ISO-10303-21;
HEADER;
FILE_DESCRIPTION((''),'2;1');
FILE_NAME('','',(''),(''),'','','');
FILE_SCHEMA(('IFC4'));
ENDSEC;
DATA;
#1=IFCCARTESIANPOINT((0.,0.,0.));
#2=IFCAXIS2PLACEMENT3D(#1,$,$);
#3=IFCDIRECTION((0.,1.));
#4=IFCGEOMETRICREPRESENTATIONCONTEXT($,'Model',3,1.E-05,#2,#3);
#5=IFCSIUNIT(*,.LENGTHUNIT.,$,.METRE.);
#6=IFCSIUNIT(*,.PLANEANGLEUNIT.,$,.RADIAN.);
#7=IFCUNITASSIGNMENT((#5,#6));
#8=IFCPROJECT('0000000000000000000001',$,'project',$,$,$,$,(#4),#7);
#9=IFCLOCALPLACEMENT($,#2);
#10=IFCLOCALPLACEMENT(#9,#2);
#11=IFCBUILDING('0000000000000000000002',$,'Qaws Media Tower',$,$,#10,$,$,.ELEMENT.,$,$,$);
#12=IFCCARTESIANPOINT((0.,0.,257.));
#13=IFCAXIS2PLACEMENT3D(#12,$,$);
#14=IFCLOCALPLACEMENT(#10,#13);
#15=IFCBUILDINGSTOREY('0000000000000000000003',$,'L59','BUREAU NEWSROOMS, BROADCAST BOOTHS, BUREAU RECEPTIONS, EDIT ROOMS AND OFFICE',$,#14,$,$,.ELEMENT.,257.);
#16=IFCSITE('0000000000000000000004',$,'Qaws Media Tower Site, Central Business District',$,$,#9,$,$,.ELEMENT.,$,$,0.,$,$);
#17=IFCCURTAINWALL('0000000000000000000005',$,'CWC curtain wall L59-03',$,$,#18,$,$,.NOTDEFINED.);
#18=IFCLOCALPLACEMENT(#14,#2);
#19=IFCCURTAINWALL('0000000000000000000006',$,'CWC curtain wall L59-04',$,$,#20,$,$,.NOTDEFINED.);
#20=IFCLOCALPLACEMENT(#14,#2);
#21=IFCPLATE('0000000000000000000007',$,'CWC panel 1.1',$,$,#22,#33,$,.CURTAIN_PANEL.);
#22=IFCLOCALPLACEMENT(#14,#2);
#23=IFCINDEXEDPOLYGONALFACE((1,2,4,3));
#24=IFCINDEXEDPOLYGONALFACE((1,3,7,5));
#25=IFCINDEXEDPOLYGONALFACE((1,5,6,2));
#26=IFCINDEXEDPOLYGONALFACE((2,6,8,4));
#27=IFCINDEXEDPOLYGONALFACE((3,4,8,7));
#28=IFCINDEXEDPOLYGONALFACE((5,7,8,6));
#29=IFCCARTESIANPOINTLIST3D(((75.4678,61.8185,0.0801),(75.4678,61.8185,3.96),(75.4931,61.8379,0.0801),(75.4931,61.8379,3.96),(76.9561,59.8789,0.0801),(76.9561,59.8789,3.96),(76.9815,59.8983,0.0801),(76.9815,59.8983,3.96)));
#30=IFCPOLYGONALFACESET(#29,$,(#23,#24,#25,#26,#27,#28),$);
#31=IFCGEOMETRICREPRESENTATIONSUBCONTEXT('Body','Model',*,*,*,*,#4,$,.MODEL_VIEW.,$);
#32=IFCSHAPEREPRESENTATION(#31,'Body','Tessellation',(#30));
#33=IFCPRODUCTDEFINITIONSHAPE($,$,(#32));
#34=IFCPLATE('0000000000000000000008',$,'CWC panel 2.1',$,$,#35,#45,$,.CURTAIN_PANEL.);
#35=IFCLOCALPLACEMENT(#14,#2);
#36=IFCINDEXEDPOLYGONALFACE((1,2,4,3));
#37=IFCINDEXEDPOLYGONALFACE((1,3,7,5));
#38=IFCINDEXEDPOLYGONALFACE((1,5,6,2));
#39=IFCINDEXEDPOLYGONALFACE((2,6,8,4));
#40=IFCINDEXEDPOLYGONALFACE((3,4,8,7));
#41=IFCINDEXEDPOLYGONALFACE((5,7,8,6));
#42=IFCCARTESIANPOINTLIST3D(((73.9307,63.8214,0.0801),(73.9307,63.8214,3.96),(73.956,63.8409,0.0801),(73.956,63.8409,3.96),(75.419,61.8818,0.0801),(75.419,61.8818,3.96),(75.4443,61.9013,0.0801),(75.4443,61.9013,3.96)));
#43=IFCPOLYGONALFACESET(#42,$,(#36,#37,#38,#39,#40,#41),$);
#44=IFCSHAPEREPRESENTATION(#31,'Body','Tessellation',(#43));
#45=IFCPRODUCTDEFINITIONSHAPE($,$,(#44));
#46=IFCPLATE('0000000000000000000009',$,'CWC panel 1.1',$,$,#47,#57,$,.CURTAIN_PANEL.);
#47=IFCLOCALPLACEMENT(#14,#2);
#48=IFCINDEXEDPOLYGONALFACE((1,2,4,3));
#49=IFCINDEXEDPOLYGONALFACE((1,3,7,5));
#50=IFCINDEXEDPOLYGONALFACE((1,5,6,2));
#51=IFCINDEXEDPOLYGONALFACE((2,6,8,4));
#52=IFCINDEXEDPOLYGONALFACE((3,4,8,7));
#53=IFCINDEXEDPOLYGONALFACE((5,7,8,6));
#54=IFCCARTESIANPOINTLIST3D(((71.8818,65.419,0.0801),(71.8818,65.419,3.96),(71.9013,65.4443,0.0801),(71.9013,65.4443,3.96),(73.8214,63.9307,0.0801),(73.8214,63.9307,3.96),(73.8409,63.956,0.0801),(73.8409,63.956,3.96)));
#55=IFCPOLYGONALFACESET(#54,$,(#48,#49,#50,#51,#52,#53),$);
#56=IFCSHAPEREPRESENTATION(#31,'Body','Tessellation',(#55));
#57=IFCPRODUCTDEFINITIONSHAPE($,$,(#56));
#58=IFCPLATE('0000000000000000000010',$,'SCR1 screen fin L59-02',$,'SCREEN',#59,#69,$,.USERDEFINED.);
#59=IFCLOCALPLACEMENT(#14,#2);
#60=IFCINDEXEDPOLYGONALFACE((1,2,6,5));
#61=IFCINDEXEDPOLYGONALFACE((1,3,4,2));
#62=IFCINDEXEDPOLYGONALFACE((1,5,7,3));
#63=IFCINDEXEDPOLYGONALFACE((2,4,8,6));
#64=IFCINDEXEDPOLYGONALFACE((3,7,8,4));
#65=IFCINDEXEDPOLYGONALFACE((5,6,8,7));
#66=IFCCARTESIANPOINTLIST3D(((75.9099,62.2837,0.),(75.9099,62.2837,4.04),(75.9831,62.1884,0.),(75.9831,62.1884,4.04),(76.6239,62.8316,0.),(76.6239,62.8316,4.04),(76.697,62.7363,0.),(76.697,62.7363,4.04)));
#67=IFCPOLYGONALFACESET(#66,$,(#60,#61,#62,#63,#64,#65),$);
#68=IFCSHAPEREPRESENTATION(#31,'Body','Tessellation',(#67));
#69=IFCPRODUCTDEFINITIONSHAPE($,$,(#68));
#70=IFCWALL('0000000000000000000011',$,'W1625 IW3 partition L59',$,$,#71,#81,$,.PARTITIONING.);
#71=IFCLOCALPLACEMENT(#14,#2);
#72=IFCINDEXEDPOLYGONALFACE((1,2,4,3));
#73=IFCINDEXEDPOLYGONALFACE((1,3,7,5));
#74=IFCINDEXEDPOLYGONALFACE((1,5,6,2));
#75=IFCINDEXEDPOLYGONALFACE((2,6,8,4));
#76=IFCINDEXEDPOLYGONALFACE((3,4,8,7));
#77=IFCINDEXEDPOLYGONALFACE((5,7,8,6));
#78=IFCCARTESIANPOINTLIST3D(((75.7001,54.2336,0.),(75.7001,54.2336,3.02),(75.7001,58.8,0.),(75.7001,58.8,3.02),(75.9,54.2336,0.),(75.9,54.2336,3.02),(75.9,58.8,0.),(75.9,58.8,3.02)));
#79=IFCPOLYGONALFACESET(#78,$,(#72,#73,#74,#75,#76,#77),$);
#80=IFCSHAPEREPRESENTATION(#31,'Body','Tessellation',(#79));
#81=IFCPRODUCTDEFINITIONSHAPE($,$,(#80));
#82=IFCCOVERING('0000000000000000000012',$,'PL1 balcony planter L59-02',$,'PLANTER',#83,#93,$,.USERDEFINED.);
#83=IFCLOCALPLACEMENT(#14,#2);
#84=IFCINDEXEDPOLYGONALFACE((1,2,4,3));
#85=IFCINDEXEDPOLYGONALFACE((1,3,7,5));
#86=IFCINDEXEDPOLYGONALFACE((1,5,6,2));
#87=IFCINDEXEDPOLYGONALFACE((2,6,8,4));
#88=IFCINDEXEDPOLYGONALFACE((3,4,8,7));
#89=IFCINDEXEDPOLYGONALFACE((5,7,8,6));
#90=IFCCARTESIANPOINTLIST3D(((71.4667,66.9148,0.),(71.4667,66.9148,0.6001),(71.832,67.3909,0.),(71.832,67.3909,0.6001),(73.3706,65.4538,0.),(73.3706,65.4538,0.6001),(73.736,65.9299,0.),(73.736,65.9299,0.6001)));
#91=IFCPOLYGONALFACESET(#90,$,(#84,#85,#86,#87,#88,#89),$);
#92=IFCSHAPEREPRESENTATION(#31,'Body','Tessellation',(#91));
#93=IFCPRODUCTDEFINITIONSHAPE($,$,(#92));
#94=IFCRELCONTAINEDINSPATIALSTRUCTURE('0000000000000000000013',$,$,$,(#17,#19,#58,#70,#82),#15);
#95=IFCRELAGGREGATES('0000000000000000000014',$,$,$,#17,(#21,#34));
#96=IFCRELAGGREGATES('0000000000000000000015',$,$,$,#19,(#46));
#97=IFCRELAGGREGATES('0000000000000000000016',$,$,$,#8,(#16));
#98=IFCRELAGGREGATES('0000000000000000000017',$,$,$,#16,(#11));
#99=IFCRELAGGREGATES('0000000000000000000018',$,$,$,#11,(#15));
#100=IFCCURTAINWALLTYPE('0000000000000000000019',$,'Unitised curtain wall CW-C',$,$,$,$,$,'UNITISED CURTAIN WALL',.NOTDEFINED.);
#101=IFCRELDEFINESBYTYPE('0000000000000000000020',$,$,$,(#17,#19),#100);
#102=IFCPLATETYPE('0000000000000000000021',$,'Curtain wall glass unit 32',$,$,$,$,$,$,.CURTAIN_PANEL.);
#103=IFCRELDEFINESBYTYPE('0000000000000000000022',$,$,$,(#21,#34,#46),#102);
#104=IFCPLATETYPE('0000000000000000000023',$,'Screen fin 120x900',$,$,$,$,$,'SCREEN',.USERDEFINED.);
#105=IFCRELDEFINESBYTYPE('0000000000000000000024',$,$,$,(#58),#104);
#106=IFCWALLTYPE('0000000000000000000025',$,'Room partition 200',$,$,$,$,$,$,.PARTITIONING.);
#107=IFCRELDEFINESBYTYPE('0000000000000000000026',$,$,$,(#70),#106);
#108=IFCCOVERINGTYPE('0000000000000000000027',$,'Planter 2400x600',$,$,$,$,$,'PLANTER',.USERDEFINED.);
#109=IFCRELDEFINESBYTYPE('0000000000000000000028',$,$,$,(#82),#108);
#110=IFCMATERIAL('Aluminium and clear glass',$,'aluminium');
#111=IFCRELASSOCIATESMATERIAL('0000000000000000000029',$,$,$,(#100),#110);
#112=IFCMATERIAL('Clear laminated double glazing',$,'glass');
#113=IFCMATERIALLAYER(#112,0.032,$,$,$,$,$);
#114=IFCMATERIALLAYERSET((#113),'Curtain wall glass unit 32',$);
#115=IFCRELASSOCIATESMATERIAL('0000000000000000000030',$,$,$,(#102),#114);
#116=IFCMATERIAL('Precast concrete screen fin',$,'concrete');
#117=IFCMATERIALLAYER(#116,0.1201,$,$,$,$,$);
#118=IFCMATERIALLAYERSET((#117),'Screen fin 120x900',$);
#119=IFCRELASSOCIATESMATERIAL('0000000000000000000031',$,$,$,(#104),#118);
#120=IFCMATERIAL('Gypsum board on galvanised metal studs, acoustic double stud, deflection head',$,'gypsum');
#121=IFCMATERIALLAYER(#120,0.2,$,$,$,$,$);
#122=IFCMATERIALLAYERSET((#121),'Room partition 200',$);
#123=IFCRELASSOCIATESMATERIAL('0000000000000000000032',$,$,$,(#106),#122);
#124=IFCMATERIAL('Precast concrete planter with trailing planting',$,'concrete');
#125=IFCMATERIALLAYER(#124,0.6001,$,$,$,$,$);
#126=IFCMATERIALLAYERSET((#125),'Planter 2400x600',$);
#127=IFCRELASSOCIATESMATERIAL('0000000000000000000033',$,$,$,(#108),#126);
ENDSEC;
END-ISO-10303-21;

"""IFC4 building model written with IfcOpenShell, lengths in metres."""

from ifc_helpers import new_model, si_unit, direction, frame, frame_2d, origin, origin_2d, place, context, subcontext, project, spatial, rectangle, extrude, material, layer, layer_set, type_object, element, aggregate, save


model = new_model("IFC4")

# Units and contexts
model_context = context("Model", 3, precision=1e-05, world=origin(), true_north=direction((0.0, 1.0)))
body_context = subcontext(model_context, "Body", "Model", "MODEL_VIEW")
ifc_project = project(units=[si_unit("LENGTHUNIT", "METRE"), si_unit("PLANEANGLEUNIT", "RADIAN")], contexts=[model_context])

# Site, building, storey
site_placement = place(None, origin())
site = spatial("IfcSite", under=ifc_project, at=site_placement, Name="Qaws Media Tower Site, Central Business District", CompositionType="ELEMENT", RefElevation=0.0)
building_placement = place(site_placement, origin())
building = spatial("IfcBuilding", under=site, at=building_placement, Name="Qaws Media Tower", CompositionType="ELEMENT")
storey_placement = place(building_placement, frame((0.0, 0.0, 257.0)))
storey = spatial("IfcBuildingStorey", under=building, at=storey_placement, Name="L59", Description="BUREAU NEWSROOMS, BROADCAST BOOTHS, BUREAU RECEPTIONS, EDIT ROOMS AND OFFICE", CompositionType="ELEMENT", Elevation=257.0)

# Shared definitions
ifc_material_1 = material(Name="Aluminium and clear glass", Category="aluminium")
curtain_wall_type = type_object("IfcCurtainWallType", Name="Unitised curtain wall CW-C", ElementType="UNITISED CURTAIN WALL", PredefinedType="NOTDEFINED", material=ifc_material_1)

# Curtain walls
curtain_wall_1_placement = place(storey_placement, origin())
curtain_wall_1 = element("IfcCurtainWall", 1, at=curtain_wall_1_placement, inside=storey, type_object=curtain_wall_type, Name="CWC curtain wall L59-03", PredefinedType="NOTDEFINED")
curtain_wall_2_placement = place(storey_placement, origin())
curtain_wall_2 = element("IfcCurtainWall", 2, at=curtain_wall_2_placement, inside=storey, type_object=curtain_wall_type, Name="CWC curtain wall L59-04", PredefinedType="NOTDEFINED")

# Plates
ifc_material_2 = material(Name="Clear laminated double glazing", Category="glass")
ifc_layer_1 = layer(ifc_material_2, 0.032)
ifc_layer_set_1 = layer_set([ifc_layer_1], Name="Curtain wall glass unit 32")
plate_type_1 = type_object("IfcPlateType", Name="Curtain wall glass unit 32", PredefinedType="CURTAIN_PANEL", material=ifc_layer_set_1)
plate_1_placement = place(storey_placement, frame((76.2246, 60.8584, 0.0801), z_axis=(0.0, 0.0, 1.0), x_axis=(-0.608761, 0.793353, 0.0)))
plate_1 = element("IfcPlate", 3, at=plate_1_placement, type_object=plate_type_1, Name="CWC panel 1.1", PredefinedType="CURTAIN_PANEL", context=body_context, shape_type="SweptSolid", body=[
    extrude(rectangle(XDim=2.4448, YDim=0.032, at=origin_2d()), origin(), (0.0, 0.0, 1.0), 3.8799),
])
plate_2_placement = place(storey_placement, frame((74.6875, 62.8613, 0.0801), z_axis=(0.0, 0.0, 1.0), x_axis=(-0.608761, 0.793353, 0.0)))
plate_2 = element("IfcPlate", 4, at=plate_2_placement, type_object=plate_type_1, Name="CWC panel 2.1", PredefinedType="CURTAIN_PANEL", context=body_context, shape_type="SweptSolid", body=[
    extrude(rectangle(XDim=2.4448, YDim=0.032, at=origin_2d()), origin(), (0.0, 0.0, 1.0), 3.8799),
])
aggregate(curtain_wall_1, [plate_1, plate_2])
plate_3_placement = place(storey_placement, frame((72.8613, 64.6875, 0.0801), z_axis=(0.0, 0.0, 1.0), x_axis=(-0.793353, 0.608761, 0.0)))
plate_3 = element("IfcPlate", 5, at=plate_3_placement, type_object=plate_type_1, Name="CWC panel 1.1", PredefinedType="CURTAIN_PANEL", context=body_context, shape_type="SweptSolid", body=[
    extrude(rectangle(XDim=2.4448, YDim=0.032, at=origin_2d()), origin(), (0.0, 0.0, 1.0), 3.8799),
])
aggregate(curtain_wall_2, [plate_3])
ifc_material_3 = material(Name="Precast concrete screen fin", Category="concrete")
ifc_layer_2 = layer(ifc_material_3, 0.1201)
ifc_layer_set_2 = layer_set([ifc_layer_2], Name="Screen fin 120x900")
plate_type_2 = type_object("IfcPlateType", Name="Screen fin 120x900", ElementType="SCREEN", PredefinedType="USERDEFINED", material=ifc_layer_set_2)
plate_4_placement = place(storey_placement, frame((76.3035, 62.51, 0.0), z_axis=(0.0, 0.0, 1.0), x_axis=(0.793353, 0.608761, 0.0)))
element("IfcPlate", 6, at=plate_4_placement, inside=storey, type_object=plate_type_2, Name="SCR1 screen fin L59-02", ObjectType="SCREEN", PredefinedType="USERDEFINED", context=body_context, shape_type="SweptSolid", body=[
    extrude(rectangle(XDim=0.8999, YDim=0.1201, at=origin_2d()), origin(), (0.0, 0.0, 1.0), 4.04),
])

# Wall
ifc_material_4 = material(Name="Gypsum board on galvanised metal studs, acoustic double stud, deflection head", Category="gypsum")
ifc_layer_3 = layer(ifc_material_4, 0.2)
ifc_layer_set_3 = layer_set([ifc_layer_3], Name="Room partition 200")
wall_type = type_object("IfcWallType", Name="Room partition 200", PredefinedType="PARTITIONING", material=ifc_layer_set_3)
wall_placement = place(storey_placement, frame((75.8, 58.8, 0.0), z_axis=(0.0, 0.0, 1.0), x_axis=(0.0, -1.0, 0.0)))
element("IfcWall", 7, at=wall_placement, inside=storey, type_object=wall_type, Name="W1625 IW3 partition L59", PredefinedType="PARTITIONING", context=body_context, shape_type="SweptSolid", body=[
    extrude(rectangle(XDim=4.5664, YDim=0.2, at=frame_2d((2.2832, 0.0))), origin(), (0.0, 0.0, 1.0), 3.02),
])

# Covering
ifc_material_5 = material(Name="Precast concrete planter with trailing planting", Category="concrete")
ifc_layer_4 = layer(ifc_material_5, 0.6001)
ifc_layer_set_4 = layer_set([ifc_layer_4], Name="Planter 2400x600")
covering_type = type_object("IfcCoveringType", Name="Planter 2400x600", ElementType="PLANTER", PredefinedType="USERDEFINED", material=ifc_layer_set_4)
covering_placement = place(storey_placement, frame((72.6013, 66.4224, 0.0), z_axis=(0.0, 0.0, 1.0), x_axis=(-0.793353, 0.608761, 0.0)))
element("IfcCovering", 8, at=covering_placement, inside=storey, type_object=covering_type, Name="PL1 balcony planter L59-02", ObjectType="PLANTER", PredefinedType="USERDEFINED", context=body_context, shape_type="SweptSolid", body=[
    extrude(rectangle(XDim=2.3999, YDim=0.6001, at=origin_2d()), origin(), (0.0, 0.0, 1.0), 0.6001),
])

save(model, "model.ifc")
